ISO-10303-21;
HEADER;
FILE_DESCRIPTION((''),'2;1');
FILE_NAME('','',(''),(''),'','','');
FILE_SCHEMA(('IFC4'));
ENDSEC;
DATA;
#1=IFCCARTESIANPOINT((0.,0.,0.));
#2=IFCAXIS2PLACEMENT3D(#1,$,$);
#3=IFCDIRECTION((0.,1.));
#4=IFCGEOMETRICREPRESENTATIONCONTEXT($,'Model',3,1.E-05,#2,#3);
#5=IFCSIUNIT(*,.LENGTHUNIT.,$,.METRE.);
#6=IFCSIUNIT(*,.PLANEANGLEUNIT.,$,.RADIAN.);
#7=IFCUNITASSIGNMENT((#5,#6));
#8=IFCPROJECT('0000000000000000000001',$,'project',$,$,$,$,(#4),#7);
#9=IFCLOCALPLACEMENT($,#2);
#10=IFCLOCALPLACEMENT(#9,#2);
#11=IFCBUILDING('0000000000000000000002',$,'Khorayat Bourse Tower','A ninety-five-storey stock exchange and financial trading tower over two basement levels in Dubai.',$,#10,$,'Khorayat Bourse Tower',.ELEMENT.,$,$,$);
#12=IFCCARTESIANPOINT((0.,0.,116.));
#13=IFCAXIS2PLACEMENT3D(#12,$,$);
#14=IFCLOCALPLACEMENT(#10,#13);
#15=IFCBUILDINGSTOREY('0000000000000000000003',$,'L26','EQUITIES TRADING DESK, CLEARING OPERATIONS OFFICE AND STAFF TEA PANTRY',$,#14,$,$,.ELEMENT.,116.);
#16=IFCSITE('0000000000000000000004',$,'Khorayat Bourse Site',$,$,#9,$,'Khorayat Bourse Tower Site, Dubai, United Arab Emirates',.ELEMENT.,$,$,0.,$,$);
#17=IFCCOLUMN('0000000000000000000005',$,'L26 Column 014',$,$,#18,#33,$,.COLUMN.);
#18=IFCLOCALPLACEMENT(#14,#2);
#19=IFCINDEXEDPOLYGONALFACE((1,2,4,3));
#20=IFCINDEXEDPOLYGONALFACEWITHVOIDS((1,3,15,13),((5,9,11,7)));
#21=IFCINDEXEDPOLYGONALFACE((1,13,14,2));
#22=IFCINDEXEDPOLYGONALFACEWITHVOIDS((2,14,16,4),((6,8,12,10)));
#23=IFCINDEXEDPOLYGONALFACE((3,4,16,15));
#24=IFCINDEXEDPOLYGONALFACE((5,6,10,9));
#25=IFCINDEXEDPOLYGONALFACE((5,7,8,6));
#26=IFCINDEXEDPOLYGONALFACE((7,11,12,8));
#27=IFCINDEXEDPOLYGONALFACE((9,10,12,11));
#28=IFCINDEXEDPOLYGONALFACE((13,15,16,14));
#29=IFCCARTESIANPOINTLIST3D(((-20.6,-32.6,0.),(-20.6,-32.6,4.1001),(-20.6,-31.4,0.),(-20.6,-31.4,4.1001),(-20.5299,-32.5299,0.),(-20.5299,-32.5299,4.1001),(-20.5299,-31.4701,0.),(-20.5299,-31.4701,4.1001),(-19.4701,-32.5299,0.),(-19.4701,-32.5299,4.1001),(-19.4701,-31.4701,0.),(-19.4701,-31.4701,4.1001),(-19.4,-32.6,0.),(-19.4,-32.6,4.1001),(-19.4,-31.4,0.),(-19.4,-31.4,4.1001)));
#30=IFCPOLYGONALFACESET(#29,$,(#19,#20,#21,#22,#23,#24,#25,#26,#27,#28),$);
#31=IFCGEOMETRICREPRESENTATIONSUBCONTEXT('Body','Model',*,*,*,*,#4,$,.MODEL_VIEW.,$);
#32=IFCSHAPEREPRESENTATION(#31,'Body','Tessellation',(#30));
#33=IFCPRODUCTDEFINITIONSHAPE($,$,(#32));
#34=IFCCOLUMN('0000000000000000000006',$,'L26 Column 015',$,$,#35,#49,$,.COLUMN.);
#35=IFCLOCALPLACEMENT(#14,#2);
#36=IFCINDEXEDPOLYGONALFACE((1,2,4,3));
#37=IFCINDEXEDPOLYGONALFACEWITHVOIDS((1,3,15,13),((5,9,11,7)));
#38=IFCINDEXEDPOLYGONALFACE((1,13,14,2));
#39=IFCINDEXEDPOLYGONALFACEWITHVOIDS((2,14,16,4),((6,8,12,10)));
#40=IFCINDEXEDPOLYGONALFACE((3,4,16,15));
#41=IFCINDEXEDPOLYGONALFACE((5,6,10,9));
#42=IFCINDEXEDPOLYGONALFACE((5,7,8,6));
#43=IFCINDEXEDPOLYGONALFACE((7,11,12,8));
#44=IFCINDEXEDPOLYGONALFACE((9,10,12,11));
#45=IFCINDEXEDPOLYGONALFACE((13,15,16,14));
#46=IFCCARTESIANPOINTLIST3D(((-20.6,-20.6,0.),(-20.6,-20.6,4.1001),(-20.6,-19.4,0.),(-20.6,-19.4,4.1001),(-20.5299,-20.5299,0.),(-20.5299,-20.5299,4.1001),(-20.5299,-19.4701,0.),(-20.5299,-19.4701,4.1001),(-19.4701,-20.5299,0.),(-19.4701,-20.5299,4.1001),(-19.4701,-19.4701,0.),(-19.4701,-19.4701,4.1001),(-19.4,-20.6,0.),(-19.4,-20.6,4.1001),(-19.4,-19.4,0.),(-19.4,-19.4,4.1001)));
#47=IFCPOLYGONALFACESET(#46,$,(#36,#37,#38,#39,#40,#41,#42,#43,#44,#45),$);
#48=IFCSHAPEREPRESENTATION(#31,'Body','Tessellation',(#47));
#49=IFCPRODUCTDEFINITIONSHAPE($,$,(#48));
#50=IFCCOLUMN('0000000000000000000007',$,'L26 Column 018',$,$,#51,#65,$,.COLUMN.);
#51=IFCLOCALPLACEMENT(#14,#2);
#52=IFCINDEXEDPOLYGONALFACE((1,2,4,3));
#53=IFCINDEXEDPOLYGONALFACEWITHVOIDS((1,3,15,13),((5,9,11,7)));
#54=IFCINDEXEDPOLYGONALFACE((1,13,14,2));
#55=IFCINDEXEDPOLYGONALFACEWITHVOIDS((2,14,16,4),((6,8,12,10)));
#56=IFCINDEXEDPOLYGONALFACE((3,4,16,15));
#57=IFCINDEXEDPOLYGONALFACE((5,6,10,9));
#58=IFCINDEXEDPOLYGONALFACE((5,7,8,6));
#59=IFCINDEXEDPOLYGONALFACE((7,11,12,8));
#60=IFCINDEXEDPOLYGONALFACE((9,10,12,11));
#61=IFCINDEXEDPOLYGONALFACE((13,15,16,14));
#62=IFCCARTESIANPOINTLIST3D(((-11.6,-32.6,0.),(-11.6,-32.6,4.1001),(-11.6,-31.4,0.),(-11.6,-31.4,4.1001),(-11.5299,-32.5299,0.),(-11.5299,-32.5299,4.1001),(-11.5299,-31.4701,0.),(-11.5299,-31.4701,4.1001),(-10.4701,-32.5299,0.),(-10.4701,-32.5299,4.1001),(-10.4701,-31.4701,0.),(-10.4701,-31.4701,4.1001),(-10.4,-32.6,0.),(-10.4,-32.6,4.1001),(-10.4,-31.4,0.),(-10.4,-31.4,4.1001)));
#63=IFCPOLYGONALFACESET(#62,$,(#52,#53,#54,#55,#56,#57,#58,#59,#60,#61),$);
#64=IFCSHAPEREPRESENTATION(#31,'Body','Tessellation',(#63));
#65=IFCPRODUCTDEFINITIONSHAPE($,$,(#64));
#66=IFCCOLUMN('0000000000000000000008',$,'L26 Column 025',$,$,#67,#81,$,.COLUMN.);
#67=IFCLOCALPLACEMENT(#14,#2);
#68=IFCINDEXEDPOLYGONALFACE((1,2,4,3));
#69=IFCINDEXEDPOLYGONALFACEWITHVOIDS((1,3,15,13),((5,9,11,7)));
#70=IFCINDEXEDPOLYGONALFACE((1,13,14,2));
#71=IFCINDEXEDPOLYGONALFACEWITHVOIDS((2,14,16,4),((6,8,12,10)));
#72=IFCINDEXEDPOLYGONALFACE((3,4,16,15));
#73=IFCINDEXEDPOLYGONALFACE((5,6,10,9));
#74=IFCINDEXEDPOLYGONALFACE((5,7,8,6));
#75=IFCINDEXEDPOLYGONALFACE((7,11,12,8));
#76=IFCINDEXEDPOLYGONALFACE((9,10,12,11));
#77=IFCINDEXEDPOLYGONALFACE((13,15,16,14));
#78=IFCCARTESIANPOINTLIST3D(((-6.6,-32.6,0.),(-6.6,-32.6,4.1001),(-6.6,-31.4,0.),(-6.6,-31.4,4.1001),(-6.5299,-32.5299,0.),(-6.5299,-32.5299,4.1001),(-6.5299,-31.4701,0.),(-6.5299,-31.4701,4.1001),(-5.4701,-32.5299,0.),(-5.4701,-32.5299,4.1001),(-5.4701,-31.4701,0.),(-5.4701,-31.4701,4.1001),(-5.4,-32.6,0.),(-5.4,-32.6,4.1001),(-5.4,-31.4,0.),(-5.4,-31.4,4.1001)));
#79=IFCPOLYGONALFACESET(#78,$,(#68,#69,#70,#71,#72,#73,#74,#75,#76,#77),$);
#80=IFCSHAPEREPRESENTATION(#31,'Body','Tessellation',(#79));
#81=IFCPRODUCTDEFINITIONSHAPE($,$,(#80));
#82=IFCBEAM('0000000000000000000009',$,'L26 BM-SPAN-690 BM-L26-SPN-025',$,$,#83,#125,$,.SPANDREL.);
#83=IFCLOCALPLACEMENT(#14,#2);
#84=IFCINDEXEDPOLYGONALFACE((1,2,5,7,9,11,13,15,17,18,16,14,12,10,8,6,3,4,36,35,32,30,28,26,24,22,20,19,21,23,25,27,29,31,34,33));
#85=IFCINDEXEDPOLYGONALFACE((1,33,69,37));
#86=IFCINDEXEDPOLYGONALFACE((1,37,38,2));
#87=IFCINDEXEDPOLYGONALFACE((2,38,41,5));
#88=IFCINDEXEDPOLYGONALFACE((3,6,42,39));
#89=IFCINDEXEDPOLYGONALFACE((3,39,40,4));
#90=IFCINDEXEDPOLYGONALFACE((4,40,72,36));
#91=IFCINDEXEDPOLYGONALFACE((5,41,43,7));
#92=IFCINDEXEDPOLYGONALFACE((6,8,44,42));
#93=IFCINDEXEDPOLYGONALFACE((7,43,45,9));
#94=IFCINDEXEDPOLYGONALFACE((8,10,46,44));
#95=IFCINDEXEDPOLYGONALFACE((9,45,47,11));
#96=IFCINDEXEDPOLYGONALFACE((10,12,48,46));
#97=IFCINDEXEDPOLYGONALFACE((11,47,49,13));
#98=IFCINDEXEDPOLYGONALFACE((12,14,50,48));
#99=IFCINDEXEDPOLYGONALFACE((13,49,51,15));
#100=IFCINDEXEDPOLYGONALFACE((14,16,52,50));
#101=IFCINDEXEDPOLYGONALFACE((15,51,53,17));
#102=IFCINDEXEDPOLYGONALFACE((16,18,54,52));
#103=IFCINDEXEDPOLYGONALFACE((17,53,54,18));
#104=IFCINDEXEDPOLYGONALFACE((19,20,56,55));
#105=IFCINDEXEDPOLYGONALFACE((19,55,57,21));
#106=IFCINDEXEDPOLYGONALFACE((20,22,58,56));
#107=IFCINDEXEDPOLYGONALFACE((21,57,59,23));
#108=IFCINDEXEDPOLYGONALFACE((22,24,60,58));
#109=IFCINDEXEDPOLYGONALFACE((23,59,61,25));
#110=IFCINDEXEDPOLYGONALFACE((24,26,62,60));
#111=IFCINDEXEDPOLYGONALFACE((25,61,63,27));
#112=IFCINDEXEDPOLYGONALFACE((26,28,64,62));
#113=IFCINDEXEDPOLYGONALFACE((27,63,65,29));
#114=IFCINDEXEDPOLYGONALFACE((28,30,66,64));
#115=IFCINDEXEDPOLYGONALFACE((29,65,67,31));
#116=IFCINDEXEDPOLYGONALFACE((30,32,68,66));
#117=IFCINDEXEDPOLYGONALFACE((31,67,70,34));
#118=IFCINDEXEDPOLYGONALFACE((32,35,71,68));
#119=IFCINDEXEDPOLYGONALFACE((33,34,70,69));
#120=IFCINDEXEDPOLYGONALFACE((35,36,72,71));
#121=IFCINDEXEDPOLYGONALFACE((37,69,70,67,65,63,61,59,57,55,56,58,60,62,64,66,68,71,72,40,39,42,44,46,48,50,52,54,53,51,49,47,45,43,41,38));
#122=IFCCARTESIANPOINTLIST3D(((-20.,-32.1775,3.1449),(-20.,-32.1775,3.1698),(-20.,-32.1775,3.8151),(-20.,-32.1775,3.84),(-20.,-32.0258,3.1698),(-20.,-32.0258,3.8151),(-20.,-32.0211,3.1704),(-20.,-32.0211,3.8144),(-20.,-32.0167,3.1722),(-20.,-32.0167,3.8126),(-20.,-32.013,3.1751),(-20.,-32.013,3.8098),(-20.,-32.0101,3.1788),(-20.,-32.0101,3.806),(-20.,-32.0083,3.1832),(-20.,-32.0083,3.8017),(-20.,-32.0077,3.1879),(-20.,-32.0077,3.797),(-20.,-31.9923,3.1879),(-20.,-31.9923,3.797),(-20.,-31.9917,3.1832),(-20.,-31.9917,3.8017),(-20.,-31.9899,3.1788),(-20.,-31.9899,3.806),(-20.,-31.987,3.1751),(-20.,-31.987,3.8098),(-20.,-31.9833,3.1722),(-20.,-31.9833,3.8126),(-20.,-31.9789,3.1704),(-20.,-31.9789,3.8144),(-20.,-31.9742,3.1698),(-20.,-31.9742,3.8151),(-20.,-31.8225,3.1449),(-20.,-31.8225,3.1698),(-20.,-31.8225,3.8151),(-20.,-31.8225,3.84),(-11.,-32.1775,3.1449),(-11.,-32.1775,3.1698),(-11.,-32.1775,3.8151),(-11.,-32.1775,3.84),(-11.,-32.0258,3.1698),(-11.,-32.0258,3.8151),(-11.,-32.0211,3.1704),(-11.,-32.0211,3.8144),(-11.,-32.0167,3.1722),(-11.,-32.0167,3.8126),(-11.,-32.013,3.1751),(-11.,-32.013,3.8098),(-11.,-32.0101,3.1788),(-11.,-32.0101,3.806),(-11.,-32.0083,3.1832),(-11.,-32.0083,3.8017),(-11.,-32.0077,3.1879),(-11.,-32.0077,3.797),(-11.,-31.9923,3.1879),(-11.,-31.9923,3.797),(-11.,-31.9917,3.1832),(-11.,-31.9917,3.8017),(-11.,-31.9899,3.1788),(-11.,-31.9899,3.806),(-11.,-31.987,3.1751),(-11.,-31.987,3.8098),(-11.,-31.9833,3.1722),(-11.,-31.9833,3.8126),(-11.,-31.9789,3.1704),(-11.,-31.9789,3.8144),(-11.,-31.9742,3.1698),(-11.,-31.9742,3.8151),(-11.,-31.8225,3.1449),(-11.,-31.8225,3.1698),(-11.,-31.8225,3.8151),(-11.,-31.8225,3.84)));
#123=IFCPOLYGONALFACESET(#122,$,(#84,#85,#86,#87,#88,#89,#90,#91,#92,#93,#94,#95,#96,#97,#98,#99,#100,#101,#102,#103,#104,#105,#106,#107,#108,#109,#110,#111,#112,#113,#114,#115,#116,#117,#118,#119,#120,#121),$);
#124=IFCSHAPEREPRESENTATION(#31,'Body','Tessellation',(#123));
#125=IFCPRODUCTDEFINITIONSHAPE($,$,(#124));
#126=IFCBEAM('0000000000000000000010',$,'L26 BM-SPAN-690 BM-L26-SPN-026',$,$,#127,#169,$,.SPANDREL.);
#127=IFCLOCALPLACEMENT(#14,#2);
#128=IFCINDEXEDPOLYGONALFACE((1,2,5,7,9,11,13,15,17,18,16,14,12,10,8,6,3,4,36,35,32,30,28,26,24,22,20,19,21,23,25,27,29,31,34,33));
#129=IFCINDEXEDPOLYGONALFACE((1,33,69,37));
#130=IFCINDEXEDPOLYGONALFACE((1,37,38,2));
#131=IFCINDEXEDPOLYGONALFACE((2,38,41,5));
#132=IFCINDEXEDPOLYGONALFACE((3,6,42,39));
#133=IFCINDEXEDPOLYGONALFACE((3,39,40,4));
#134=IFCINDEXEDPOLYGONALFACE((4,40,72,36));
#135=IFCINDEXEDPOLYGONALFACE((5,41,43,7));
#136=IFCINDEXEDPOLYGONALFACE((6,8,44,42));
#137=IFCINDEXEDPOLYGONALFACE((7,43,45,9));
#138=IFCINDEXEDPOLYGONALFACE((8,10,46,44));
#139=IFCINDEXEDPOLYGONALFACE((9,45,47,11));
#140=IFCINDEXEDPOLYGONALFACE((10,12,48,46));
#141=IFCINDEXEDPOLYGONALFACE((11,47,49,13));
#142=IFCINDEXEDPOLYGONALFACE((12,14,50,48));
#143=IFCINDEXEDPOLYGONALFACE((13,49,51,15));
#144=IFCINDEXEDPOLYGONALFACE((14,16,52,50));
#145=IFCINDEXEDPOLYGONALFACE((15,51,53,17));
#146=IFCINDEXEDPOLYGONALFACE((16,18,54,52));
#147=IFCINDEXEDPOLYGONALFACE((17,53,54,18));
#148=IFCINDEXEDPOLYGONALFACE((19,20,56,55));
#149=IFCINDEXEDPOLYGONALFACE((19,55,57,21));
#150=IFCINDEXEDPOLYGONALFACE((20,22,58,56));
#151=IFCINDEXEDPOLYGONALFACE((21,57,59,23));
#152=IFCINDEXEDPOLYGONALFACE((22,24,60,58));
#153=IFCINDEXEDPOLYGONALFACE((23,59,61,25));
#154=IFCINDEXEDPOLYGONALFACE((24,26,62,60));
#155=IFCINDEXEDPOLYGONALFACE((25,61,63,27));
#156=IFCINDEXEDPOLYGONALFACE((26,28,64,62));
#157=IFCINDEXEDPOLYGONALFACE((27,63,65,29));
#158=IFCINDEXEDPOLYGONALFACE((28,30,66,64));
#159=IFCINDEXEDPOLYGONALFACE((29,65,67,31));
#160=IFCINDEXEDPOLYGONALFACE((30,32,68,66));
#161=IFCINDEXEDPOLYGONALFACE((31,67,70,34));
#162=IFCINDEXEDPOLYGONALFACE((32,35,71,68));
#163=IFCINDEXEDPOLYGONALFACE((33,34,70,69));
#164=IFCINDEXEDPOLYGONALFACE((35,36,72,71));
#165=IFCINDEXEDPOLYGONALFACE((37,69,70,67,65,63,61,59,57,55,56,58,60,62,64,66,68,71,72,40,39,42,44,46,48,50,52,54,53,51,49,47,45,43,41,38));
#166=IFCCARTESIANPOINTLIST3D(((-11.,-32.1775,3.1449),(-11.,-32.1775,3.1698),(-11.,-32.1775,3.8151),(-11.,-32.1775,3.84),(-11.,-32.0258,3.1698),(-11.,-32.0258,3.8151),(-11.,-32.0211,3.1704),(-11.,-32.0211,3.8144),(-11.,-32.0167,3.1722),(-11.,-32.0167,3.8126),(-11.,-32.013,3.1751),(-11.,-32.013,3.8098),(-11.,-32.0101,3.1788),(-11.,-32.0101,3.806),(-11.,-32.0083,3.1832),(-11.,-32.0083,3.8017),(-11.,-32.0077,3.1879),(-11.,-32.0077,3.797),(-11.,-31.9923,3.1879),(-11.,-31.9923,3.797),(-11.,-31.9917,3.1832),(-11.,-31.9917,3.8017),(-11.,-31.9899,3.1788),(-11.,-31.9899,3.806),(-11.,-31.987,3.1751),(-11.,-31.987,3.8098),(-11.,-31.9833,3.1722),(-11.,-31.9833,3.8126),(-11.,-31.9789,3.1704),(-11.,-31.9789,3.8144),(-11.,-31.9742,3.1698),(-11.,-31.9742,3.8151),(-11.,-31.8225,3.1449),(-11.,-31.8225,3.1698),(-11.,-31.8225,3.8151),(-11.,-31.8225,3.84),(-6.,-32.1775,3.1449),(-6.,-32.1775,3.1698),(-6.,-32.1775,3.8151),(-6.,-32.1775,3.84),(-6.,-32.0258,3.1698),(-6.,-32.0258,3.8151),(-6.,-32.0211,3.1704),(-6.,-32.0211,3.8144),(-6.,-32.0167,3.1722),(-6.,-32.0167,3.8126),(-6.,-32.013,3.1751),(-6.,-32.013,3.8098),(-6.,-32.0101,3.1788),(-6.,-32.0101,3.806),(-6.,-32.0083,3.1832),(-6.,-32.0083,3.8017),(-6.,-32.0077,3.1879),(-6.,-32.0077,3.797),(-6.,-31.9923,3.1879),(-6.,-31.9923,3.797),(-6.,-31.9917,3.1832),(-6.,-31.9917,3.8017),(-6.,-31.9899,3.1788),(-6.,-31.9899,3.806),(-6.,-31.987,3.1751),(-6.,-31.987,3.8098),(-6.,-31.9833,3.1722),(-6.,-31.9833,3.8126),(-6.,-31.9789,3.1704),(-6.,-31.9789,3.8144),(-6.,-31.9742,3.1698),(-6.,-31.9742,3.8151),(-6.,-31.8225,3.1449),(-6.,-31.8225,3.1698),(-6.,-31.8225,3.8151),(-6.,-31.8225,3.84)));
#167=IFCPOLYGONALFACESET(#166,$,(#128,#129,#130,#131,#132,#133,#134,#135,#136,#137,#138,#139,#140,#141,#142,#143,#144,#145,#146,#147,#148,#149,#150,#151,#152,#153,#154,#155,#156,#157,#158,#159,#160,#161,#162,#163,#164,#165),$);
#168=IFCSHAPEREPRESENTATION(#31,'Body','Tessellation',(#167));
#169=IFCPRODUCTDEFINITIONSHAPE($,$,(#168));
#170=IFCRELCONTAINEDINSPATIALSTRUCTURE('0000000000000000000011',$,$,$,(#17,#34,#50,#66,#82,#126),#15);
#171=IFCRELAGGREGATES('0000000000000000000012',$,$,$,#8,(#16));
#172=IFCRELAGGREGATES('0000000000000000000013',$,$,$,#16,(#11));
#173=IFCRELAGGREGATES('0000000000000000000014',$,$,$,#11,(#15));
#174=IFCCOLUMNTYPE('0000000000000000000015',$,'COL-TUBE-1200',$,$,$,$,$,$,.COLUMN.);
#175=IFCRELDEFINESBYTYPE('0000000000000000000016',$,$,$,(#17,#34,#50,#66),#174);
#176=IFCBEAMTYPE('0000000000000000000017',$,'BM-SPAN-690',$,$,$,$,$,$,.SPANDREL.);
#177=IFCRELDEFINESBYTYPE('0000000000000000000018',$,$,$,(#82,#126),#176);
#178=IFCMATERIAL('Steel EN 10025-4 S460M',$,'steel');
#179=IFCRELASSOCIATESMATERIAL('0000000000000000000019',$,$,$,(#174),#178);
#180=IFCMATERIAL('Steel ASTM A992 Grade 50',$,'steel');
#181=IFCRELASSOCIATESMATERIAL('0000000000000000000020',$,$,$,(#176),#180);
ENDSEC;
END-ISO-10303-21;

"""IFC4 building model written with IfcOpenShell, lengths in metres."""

from ifc_helpers import new_model, si_unit, direction, frame, origin, origin_2d, place, context, subcontext, project, spatial, hollow_rectangle, i_section, extrude, source, transform, mapped, material, material_profile, profile_set, type_object, element, save


model = new_model("IFC4")

# Units and contexts
model_context = context("Model", 3, precision=1e-05, world=origin(), true_north=direction((0.0, 1.0)))
body_context = subcontext(model_context, "Body", "Model", "MODEL_VIEW")
ifc_project = project(units=[si_unit("LENGTHUNIT", "METRE"), si_unit("PLANEANGLEUNIT", "RADIAN")], contexts=[model_context])

# Site, building, storey
site_placement = place(None, origin())
site = spatial("IfcSite", under=ifc_project, at=site_placement, Name="Khorayat Bourse Site", LongName="Khorayat Bourse Tower Site, Dubai, United Arab Emirates", CompositionType="ELEMENT", RefElevation=0.0)
building_placement = place(site_placement, origin())
building = spatial("IfcBuilding", under=site, at=building_placement, Name="Khorayat Bourse Tower", Description="A ninety-five-storey stock exchange and financial trading tower over two basement levels in Dubai.", LongName="Khorayat Bourse Tower", CompositionType="ELEMENT")
storey_placement = place(building_placement, frame((0.0, 0.0, 116.0)))
storey = spatial("IfcBuildingStorey", under=building, at=storey_placement, Name="L26", Description="EQUITIES TRADING DESK, CLEARING OPERATIONS OFFICE AND STAFF TEA PANTRY", CompositionType="ELEMENT", Elevation=116.0)

# Columns
ifc_material_1 = material(Name="Steel EN 10025-4 S460M", Category="steel")
ifc_material_profile_1 = material_profile(ifc_material_1, hollow_rectangle(XDim=1.2, YDim=1.2, WallThickness=0.0701, at=origin_2d()), Name="BOX 1200x1200x70")
ifc_profile_set_1 = profile_set([ifc_material_profile_1], Name="Steel EN 10025-4 S460M")
column_type = type_object("IfcColumnType", Name="COL-TUBE-1200", PredefinedType="COLUMN", material=ifc_profile_set_1)
shared_shape_1 = source(origin(), body_context, "Body", "SweptSolid", [
    extrude(hollow_rectangle(XDim=1.2, YDim=1.2, WallThickness=0.0701, at=origin_2d()), origin(), (0.0, 0.0, 1.0), 4.1001),
])
for number, where, z_axis, x_axis, name in (
    (1, (-20.0, -32.0, 0.0), (0.0, 0.0, 1.0), (1.0, 0.0, 0.0), "L26 Column 014"),
    (2, (-20.0, -20.0, 0.0), (0.0, 0.0, 1.0), (1.0, 0.0, 0.0), "L26 Column 015"),
    (3, (-11.0, -32.0, 0.0), (0.0, 0.0, 1.0), (1.0, 0.0, 0.0), "L26 Column 018"),
    (4, (-6.0, -32.0, 0.0), (0.0, 0.0, 1.0), (1.0, 0.0, 0.0), "L26 Column 025"),
):
    element("IfcColumn", number, at=place(storey_placement, frame(where, z_axis=z_axis, x_axis=x_axis)), inside=storey, type_object=column_type, Name=name, PredefinedType="COLUMN", context=body_context, shape_type="MappedRepresentation", body=[
        mapped(shared_shape_1, transform((0.0, 0.0, 0.0), scale=1.0)),
    ])

# Beams
ifc_material_2 = material(Name="Steel ASTM A992 Grade 50", Category="steel")
ifc_material_profile_2 = material_profile(ifc_material_2, i_section(OverallWidth=0.355, OverallDepth=0.6951, WebThickness=0.0154, FlangeThickness=0.0249, FilletRadius=0.0181, at=origin_2d()), Name="W690X217")
ifc_profile_set_2 = profile_set([ifc_material_profile_2], Name="Steel ASTM A992 Grade 50")
beam_type_1 = type_object("IfcBeamType", Name="BM-SPAN-690", PredefinedType="SPANDREL", material=ifc_profile_set_2)
shared_shape_2 = source(origin(), body_context, "Body", "SweptSolid", [
    extrude(i_section(OverallWidth=0.355, OverallDepth=0.6951, WebThickness=0.0154, FlangeThickness=0.0249, FilletRadius=0.0181, at=origin_2d()), origin(), (0.0, 0.0, 1.0), 9.0),
])
beam_1_placement = place(storey_placement, frame((-20.0, -32.0, 3.4924), z_axis=(1.0, 0.0, 0.0), x_axis=(0.0, 1.0, 0.0)))
element("IfcBeam", 5, at=beam_1_placement, inside=storey, type_object=beam_type_1, Name="L26 BM-SPAN-690 BM-L26-SPN-025", PredefinedType="SPANDREL", context=body_context, shape_type="MappedRepresentation", body=[
    mapped(shared_shape_2, transform((0.0, 0.0, 0.0), scale=1.0)),
])
shared_shape_3 = source(origin(), body_context, "Body", "SweptSolid", [
    extrude(i_section(OverallWidth=0.355, OverallDepth=0.6951, WebThickness=0.0154, FlangeThickness=0.0249, FilletRadius=0.0181, at=origin_2d()), origin(), (0.0, 0.0, 1.0), 5.0),
])
beam_2_placement = place(storey_placement, frame((-11.0, -32.0, 3.4924), z_axis=(1.0, 0.0, 0.0), x_axis=(0.0, 1.0, 0.0)))
element("IfcBeam", 6, at=beam_2_placement, inside=storey, type_object=beam_type_1, Name="L26 BM-SPAN-690 BM-L26-SPN-026", PredefinedType="SPANDREL", context=body_context, shape_type="MappedRepresentation", body=[
    mapped(shared_shape_3, transform((0.0, 0.0, 0.0), scale=1.0)),
])

save(model, "model.ifc")
